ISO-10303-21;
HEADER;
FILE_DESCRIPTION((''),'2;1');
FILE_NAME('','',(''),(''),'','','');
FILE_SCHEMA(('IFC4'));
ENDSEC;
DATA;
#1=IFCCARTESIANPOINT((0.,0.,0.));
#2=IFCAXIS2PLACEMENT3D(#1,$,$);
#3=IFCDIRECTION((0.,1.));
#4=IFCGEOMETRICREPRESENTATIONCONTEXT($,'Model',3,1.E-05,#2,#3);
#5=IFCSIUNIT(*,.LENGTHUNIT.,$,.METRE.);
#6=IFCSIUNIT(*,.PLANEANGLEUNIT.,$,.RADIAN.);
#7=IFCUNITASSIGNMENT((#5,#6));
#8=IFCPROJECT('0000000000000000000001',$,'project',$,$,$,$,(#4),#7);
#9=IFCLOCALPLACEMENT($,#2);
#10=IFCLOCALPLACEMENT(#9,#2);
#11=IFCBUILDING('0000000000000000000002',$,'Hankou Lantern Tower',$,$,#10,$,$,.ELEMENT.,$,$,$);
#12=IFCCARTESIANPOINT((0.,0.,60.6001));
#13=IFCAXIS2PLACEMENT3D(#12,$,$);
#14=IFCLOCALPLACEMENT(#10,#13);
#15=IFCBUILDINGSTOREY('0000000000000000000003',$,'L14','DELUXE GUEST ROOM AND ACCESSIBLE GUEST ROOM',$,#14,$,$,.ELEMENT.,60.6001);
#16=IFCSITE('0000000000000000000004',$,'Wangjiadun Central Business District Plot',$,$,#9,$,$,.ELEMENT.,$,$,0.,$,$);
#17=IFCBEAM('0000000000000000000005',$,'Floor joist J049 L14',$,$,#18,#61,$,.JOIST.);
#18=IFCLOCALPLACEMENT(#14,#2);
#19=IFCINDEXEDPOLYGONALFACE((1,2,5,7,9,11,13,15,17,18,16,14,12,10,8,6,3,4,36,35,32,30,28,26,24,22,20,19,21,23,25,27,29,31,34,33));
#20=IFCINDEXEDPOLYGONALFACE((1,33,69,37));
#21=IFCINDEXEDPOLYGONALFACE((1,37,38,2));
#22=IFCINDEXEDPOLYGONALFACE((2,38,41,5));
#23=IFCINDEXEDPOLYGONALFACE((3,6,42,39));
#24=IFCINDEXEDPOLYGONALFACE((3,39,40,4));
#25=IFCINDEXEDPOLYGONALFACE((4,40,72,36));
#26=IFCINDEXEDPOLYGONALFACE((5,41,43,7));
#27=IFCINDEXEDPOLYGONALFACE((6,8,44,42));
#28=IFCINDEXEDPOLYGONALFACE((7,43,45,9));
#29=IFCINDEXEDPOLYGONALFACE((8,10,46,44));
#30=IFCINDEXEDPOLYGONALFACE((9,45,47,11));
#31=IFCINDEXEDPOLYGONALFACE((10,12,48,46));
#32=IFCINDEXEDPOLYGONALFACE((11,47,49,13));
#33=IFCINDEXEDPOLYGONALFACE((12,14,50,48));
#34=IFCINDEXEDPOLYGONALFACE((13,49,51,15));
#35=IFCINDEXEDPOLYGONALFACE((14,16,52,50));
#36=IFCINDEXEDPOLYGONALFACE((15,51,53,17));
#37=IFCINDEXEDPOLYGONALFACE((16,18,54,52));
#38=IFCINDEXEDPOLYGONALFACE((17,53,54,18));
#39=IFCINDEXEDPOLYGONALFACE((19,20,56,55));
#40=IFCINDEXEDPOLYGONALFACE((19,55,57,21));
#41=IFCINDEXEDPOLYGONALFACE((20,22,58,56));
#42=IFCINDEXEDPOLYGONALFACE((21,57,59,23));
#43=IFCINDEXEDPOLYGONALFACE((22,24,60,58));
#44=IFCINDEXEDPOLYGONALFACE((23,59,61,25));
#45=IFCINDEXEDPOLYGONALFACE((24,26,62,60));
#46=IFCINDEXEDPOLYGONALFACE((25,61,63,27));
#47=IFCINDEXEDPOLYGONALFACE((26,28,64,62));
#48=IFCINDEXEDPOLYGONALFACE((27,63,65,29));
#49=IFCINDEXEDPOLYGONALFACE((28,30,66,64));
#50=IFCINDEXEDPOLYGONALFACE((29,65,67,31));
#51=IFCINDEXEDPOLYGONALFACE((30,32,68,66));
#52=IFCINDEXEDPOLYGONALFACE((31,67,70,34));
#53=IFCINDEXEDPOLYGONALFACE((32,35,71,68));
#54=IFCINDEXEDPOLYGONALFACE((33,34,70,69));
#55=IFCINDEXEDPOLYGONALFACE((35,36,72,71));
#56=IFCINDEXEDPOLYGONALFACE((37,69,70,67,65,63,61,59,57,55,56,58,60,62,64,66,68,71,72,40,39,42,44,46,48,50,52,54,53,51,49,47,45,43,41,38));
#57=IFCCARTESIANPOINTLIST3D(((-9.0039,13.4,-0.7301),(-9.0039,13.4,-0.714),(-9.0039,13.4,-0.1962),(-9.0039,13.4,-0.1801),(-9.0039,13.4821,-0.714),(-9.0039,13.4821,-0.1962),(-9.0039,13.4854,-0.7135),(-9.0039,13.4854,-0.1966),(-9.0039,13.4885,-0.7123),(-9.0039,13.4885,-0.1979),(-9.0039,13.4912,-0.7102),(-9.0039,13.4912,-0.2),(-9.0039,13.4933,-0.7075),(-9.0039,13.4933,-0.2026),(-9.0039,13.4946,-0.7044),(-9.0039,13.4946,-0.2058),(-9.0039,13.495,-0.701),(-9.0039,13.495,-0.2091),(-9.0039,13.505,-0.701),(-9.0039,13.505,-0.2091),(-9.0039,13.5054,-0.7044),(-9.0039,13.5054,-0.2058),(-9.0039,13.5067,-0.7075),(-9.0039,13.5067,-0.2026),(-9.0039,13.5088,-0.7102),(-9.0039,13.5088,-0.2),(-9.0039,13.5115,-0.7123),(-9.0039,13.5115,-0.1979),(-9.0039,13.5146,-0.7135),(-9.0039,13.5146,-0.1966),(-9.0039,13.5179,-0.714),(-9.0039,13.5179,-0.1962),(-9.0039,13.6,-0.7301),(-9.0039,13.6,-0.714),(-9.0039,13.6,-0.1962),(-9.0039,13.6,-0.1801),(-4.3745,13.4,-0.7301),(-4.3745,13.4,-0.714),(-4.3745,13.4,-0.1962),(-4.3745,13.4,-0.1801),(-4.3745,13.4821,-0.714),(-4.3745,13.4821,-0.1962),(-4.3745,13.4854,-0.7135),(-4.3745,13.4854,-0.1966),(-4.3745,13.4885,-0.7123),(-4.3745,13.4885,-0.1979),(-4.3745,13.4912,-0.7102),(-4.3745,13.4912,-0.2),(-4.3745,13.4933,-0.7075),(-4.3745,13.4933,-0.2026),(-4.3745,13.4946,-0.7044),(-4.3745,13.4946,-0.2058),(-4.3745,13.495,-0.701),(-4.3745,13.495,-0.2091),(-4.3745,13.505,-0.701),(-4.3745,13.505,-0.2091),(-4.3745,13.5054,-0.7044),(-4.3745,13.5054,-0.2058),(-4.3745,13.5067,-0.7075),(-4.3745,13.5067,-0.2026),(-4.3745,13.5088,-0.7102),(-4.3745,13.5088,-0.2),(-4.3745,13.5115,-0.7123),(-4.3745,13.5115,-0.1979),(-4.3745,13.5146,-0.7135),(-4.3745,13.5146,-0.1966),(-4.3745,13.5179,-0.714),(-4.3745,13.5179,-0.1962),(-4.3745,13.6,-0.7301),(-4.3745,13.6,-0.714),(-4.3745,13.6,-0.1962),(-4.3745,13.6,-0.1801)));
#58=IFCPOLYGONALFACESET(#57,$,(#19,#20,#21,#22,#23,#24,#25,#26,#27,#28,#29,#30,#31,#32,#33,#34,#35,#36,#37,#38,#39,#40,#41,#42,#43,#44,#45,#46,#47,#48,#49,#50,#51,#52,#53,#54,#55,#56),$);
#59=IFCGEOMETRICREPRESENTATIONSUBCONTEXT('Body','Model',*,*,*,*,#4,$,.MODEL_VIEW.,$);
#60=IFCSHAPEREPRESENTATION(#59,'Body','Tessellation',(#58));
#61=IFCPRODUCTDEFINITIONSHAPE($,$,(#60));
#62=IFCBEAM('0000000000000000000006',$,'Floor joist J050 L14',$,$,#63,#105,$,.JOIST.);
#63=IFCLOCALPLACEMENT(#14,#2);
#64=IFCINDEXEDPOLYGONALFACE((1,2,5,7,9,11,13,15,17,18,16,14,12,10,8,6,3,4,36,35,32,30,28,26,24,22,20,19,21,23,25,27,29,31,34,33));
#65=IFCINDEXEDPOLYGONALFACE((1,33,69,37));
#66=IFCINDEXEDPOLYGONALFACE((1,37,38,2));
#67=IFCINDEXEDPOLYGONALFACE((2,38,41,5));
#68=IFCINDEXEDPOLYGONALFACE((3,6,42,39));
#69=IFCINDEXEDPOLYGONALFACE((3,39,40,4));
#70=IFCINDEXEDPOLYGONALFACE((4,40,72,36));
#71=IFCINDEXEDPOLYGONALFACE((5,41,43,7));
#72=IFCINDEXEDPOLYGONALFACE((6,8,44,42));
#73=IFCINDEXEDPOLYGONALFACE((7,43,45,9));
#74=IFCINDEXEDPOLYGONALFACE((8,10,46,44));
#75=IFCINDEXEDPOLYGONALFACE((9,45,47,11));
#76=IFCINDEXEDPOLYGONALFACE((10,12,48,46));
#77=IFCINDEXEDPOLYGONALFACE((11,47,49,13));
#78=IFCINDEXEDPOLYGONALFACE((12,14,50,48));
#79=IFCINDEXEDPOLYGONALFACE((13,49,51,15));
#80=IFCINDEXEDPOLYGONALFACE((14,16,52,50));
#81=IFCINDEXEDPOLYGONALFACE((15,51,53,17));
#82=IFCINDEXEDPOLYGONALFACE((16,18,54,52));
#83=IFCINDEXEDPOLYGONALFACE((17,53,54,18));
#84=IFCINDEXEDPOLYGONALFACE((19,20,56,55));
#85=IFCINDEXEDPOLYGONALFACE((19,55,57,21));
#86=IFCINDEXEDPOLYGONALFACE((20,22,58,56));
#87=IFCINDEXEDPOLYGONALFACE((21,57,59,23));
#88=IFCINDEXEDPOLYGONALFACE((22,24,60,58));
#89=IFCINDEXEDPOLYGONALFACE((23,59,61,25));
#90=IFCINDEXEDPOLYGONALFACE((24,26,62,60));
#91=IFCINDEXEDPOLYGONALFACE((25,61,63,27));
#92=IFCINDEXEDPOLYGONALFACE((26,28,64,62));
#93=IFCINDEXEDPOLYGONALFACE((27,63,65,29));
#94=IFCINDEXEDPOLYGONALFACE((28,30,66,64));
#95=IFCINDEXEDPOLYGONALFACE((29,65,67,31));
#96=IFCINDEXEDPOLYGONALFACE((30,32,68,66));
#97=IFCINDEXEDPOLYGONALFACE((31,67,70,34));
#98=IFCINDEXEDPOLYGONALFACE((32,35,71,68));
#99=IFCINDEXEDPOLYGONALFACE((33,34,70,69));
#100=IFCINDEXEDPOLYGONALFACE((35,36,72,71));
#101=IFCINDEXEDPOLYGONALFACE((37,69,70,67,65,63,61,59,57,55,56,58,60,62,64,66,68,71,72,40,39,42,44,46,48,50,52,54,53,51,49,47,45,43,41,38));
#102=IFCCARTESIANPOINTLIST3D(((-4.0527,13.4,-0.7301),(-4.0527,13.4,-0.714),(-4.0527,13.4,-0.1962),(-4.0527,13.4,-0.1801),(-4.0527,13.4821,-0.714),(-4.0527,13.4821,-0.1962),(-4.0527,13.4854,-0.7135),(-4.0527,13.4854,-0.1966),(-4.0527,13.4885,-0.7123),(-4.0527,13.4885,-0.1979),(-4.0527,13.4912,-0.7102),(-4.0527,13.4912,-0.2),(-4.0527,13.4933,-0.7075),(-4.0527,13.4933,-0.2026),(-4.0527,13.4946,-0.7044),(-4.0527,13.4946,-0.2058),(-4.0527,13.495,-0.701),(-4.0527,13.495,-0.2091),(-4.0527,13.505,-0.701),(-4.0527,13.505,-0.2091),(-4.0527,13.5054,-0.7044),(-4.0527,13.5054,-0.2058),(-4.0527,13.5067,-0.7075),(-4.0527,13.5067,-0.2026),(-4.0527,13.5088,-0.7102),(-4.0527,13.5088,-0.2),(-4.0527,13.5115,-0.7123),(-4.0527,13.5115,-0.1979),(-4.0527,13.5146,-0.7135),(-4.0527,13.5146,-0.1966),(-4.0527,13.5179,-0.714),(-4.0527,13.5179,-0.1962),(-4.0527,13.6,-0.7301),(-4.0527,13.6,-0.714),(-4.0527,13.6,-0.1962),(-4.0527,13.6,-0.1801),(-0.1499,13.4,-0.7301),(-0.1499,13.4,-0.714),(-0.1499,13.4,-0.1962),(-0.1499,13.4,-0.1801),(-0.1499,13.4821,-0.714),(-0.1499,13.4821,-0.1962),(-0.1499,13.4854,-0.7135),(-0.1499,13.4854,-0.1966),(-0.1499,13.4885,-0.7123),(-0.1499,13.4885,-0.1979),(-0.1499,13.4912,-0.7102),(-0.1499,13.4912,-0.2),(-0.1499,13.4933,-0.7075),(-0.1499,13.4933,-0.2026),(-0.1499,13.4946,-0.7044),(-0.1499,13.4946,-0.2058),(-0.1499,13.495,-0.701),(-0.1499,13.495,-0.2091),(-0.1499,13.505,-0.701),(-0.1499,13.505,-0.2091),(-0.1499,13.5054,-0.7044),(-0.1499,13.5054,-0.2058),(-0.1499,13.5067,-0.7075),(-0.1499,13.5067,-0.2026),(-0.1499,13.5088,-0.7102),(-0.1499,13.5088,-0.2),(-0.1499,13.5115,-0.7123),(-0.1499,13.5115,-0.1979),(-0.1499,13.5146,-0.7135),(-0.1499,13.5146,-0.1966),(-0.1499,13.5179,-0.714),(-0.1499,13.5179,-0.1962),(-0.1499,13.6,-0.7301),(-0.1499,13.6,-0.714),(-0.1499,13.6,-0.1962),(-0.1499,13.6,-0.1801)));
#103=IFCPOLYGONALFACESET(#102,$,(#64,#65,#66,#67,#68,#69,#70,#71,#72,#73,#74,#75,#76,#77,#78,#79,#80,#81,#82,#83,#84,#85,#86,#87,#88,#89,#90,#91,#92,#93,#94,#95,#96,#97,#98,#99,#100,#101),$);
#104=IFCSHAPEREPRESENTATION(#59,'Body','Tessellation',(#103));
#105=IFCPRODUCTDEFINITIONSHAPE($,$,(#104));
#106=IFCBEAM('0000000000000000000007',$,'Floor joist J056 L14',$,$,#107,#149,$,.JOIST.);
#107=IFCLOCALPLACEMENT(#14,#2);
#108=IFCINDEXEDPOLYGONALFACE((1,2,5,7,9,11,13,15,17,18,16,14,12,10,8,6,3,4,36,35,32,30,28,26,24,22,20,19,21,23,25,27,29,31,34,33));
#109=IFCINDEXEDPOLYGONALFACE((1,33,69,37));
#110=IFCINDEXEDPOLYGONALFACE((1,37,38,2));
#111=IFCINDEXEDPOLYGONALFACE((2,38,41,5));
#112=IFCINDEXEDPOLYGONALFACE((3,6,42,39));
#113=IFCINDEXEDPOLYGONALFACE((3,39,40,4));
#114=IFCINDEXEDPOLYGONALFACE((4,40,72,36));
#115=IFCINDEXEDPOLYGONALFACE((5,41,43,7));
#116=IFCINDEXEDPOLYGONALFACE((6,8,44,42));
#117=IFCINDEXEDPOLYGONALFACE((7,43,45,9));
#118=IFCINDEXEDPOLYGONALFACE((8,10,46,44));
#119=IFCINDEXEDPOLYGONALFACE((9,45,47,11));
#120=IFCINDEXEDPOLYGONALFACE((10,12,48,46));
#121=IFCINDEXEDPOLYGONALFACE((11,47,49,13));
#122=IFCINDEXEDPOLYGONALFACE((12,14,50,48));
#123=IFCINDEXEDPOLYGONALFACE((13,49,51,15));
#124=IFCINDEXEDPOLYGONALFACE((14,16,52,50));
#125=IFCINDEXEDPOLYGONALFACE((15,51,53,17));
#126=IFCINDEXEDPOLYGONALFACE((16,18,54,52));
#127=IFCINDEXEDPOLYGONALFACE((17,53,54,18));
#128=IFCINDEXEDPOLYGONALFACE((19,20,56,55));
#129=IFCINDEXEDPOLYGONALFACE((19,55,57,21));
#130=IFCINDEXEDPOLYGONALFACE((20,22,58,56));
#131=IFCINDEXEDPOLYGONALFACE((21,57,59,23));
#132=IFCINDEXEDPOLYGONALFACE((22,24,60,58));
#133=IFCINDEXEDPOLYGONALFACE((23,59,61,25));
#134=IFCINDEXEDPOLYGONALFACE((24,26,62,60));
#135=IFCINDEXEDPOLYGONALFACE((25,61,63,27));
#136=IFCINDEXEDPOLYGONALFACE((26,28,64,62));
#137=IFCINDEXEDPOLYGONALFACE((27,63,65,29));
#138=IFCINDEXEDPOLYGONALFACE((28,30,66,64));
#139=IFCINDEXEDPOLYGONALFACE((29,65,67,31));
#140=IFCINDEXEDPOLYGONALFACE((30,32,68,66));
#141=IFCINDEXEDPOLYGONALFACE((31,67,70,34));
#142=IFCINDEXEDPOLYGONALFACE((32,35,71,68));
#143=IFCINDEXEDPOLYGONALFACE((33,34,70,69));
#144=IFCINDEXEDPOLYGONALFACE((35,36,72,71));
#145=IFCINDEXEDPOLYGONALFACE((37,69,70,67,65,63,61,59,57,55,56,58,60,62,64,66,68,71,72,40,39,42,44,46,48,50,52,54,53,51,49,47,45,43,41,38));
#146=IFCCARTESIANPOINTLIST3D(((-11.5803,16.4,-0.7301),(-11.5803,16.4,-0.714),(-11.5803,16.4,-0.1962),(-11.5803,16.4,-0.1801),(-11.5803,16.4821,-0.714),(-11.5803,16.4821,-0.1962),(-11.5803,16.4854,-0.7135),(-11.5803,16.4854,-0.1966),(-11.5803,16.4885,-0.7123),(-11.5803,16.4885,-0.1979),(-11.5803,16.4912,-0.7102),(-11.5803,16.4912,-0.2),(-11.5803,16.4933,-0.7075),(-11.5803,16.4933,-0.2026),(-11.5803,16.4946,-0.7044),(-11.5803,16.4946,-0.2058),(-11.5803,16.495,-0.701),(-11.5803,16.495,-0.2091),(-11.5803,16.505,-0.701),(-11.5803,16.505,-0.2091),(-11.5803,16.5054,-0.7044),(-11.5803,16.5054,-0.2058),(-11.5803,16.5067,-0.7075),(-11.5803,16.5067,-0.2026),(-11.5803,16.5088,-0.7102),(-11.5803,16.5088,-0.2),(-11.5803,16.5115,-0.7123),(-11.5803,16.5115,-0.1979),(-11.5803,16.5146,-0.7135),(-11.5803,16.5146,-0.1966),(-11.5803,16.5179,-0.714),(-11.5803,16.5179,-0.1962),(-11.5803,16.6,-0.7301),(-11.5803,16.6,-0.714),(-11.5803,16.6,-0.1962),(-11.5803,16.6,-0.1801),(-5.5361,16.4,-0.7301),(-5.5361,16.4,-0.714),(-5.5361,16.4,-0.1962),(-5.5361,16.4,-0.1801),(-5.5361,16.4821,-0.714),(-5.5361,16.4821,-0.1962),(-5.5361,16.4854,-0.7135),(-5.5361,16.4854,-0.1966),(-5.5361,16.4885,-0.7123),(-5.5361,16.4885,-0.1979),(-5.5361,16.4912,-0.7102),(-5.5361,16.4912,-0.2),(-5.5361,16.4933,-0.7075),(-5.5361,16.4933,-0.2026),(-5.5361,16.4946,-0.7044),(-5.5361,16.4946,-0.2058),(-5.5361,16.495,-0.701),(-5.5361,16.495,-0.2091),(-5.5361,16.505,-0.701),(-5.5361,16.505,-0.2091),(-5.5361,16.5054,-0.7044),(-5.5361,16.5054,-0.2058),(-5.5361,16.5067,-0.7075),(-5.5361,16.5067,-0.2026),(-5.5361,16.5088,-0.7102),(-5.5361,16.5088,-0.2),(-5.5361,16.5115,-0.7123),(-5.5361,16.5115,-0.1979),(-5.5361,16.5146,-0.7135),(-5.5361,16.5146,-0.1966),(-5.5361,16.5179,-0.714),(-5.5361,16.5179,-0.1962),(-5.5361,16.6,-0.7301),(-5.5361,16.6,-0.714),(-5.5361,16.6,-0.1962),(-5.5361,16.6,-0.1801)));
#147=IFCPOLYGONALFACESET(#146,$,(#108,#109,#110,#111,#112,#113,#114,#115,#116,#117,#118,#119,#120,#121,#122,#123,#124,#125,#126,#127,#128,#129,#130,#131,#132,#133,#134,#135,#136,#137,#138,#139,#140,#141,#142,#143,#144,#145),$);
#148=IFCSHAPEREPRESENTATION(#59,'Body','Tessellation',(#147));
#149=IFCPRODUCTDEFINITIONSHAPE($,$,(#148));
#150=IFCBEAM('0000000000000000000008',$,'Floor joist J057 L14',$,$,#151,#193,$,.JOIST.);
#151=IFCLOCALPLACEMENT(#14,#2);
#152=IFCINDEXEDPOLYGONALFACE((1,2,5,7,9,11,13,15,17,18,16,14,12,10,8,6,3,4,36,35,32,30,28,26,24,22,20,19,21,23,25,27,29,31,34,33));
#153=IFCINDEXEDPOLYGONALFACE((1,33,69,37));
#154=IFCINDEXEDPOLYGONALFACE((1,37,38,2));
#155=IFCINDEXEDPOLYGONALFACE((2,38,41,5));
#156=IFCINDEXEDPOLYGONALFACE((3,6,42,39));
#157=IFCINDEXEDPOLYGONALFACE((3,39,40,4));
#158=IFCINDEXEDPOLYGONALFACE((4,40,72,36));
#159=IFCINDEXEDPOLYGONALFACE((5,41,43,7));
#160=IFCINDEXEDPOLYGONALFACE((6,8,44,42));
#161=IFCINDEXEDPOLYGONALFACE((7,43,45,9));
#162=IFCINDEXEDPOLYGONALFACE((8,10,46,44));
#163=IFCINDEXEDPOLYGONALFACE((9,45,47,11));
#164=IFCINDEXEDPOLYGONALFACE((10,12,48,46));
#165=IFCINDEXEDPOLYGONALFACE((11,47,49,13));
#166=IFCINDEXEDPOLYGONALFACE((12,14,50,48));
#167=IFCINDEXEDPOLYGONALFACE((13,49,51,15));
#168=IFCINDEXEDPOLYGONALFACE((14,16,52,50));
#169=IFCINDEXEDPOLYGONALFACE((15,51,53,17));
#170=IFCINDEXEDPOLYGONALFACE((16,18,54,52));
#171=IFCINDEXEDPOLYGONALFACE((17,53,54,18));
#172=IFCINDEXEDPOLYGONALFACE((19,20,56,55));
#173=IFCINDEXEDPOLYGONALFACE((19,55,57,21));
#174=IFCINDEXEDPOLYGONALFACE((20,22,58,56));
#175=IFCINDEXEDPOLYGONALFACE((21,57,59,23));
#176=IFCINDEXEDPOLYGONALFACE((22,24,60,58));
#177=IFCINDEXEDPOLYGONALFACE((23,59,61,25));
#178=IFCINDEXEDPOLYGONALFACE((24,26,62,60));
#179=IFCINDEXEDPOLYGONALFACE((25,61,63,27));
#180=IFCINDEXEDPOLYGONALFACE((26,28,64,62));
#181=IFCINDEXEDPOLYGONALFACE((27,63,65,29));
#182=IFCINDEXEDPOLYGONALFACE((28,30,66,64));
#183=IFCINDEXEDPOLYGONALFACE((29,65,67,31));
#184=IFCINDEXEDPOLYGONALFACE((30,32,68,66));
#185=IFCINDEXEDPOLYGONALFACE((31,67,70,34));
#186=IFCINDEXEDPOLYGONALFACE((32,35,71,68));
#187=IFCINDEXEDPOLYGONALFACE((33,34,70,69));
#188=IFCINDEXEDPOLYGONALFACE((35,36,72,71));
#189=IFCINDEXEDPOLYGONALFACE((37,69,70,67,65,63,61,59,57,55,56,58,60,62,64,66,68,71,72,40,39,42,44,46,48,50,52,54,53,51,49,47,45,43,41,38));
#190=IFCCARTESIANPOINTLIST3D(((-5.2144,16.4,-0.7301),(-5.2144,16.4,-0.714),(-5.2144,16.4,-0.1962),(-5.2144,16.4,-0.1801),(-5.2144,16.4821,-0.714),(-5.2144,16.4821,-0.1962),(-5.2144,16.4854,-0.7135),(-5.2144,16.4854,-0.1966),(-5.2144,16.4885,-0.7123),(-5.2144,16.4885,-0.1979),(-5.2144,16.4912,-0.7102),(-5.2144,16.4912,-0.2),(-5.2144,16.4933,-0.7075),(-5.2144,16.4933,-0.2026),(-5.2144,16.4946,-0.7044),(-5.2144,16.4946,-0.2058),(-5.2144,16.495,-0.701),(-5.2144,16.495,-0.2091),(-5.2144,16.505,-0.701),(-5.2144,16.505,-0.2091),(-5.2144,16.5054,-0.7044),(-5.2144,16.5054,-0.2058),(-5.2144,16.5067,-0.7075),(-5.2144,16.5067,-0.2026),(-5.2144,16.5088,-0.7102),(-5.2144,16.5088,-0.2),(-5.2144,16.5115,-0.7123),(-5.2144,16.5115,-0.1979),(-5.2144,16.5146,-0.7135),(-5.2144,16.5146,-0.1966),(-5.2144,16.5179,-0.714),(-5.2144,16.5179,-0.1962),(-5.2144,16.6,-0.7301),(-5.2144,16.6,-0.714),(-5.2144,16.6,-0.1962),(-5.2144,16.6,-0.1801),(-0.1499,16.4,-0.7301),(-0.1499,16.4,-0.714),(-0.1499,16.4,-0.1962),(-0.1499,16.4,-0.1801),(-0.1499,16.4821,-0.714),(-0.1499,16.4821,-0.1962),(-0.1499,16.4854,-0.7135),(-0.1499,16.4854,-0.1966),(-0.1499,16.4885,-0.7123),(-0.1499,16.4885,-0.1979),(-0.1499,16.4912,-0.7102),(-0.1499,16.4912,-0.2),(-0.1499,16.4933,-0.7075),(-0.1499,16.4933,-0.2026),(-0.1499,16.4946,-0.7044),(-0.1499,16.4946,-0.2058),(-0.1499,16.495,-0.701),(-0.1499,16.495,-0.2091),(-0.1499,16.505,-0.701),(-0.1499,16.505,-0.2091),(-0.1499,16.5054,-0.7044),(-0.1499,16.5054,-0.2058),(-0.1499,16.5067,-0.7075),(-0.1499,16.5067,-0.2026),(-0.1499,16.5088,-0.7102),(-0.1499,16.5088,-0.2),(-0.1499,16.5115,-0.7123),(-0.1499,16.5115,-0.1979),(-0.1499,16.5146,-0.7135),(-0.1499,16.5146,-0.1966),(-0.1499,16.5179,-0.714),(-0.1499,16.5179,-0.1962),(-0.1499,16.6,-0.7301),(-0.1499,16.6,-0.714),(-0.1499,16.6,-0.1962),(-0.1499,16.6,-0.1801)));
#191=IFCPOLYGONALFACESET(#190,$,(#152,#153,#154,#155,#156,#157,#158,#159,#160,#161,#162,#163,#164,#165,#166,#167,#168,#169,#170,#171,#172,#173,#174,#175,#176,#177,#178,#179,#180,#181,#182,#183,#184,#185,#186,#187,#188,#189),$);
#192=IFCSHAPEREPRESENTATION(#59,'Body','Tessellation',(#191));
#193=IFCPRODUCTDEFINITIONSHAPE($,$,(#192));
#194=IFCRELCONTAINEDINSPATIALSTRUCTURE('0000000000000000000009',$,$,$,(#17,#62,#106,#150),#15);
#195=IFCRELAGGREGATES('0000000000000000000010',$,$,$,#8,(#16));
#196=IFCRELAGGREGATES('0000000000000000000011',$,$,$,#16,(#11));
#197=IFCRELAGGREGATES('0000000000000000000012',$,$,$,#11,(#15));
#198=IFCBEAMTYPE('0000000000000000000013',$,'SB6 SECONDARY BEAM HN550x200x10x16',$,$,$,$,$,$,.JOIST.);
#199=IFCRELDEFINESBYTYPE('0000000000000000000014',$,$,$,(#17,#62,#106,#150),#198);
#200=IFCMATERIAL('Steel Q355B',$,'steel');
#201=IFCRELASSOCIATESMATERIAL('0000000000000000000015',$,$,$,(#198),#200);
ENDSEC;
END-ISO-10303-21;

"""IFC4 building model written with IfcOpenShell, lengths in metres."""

from ifc_helpers import new_model, si_unit, direction, frame, origin, origin_2d, place, context, subcontext, project, spatial, i_section, extrude, material, material_profile, profile_set, type_object, element, save


model = new_model("IFC4")

# Units and contexts
model_context = context("Model", 3, precision=1e-05, world=origin(), true_north=direction((0.0, 1.0)))
body_context = subcontext(model_context, "Body", "Model", "MODEL_VIEW")
ifc_project = project(units=[si_unit("LENGTHUNIT", "METRE"), si_unit("PLANEANGLEUNIT", "RADIAN")], contexts=[model_context])

# Site, building, storey
site_placement = place(None, origin())
site = spatial("IfcSite", under=ifc_project, at=site_placement, Name="Wangjiadun Central Business District Plot", CompositionType="ELEMENT", RefElevation=0.0)
building_placement = place(site_placement, origin())
building = spatial("IfcBuilding", under=site, at=building_placement, Name="Hankou Lantern Tower", CompositionType="ELEMENT")
storey_placement = place(building_placement, frame((0.0, 0.0, 60.6001)))
storey = spatial("IfcBuildingStorey", under=building, at=storey_placement, Name="L14", Description="DELUXE GUEST ROOM AND ACCESSIBLE GUEST ROOM", CompositionType="ELEMENT", Elevation=60.6001)

# Beams
ifc_material_1 = material(Name="Steel Q355B", Category="steel")
ifc_material_profile_1 = material_profile(ifc_material_1, i_section(OverallWidth=0.2, OverallDepth=0.55, WebThickness=0.01, FlangeThickness=0.0161, FilletRadius=0.0129, at=origin_2d()), Name="HN550x200x10x16")
ifc_profile_set_1 = profile_set([ifc_material_profile_1], Name="Steel Q355B")
beam_type_1 = type_object("IfcBeamType", Name="SB6 SECONDARY BEAM HN550x200x10x16", PredefinedType="JOIST", material=ifc_profile_set_1)
beam_1_placement = place(storey_placement, frame((-9.0039, 13.5, -0.4551), z_axis=(1.0, 0.0, 0.0), x_axis=(0.0, 1.0, 0.0)))
element("IfcBeam", 1, at=beam_1_placement, inside=storey, type_object=beam_type_1, Name="Floor joist J049 L14", PredefinedType="JOIST", context=body_context, shape_type="SweptSolid", body=[
    extrude(i_section(OverallWidth=0.2, OverallDepth=0.55, WebThickness=0.01, FlangeThickness=0.0161, FilletRadius=0.0129, at=origin_2d()), origin(), (0.0, 0.0, 1.0), 4.6294),
])
beam_2_placement = place(storey_placement, frame((-4.0527, 13.5, -0.4551), z_axis=(1.0, 0.0, 0.0), x_axis=(0.0, 1.0, 0.0)))
element("IfcBeam", 2, at=beam_2_placement, inside=storey, type_object=beam_type_1, Name="Floor joist J050 L14", PredefinedType="JOIST", context=body_context, shape_type="SweptSolid", body=[
    extrude(i_section(OverallWidth=0.2, OverallDepth=0.55, WebThickness=0.01, FlangeThickness=0.0161, FilletRadius=0.0129, at=origin_2d()), origin(), (0.0, 0.0, 1.0), 3.9028),
])
beam_3_placement = place(storey_placement, frame((-11.5803, 16.5, -0.4551), z_axis=(1.0, 0.0, 0.0), x_axis=(0.0, 1.0, 0.0)))
element("IfcBeam", 3, at=beam_3_placement, inside=storey, type_object=beam_type_1, Name="Floor joist J056 L14", PredefinedType="JOIST", context=body_context, shape_type="SweptSolid", body=[
    extrude(i_section(OverallWidth=0.2, OverallDepth=0.55, WebThickness=0.01, FlangeThickness=0.0161, FilletRadius=0.0129, at=origin_2d()), origin(), (0.0, 0.0, 1.0), 6.0442),
])
beam_4_placement = place(storey_placement, frame((-5.2144, 16.5, -0.4551), z_axis=(1.0, 0.0, 0.0), x_axis=(0.0, 1.0, 0.0)))
element("IfcBeam", 4, at=beam_4_placement, inside=storey, type_object=beam_type_1, Name="Floor joist J057 L14", PredefinedType="JOIST", context=body_context, shape_type="SweptSolid", body=[
    extrude(i_section(OverallWidth=0.2, OverallDepth=0.55, WebThickness=0.01, FlangeThickness=0.0161, FilletRadius=0.0129, at=origin_2d()), origin(), (0.0, 0.0, 1.0), 5.0645),
])

save(model, "model.ifc")
